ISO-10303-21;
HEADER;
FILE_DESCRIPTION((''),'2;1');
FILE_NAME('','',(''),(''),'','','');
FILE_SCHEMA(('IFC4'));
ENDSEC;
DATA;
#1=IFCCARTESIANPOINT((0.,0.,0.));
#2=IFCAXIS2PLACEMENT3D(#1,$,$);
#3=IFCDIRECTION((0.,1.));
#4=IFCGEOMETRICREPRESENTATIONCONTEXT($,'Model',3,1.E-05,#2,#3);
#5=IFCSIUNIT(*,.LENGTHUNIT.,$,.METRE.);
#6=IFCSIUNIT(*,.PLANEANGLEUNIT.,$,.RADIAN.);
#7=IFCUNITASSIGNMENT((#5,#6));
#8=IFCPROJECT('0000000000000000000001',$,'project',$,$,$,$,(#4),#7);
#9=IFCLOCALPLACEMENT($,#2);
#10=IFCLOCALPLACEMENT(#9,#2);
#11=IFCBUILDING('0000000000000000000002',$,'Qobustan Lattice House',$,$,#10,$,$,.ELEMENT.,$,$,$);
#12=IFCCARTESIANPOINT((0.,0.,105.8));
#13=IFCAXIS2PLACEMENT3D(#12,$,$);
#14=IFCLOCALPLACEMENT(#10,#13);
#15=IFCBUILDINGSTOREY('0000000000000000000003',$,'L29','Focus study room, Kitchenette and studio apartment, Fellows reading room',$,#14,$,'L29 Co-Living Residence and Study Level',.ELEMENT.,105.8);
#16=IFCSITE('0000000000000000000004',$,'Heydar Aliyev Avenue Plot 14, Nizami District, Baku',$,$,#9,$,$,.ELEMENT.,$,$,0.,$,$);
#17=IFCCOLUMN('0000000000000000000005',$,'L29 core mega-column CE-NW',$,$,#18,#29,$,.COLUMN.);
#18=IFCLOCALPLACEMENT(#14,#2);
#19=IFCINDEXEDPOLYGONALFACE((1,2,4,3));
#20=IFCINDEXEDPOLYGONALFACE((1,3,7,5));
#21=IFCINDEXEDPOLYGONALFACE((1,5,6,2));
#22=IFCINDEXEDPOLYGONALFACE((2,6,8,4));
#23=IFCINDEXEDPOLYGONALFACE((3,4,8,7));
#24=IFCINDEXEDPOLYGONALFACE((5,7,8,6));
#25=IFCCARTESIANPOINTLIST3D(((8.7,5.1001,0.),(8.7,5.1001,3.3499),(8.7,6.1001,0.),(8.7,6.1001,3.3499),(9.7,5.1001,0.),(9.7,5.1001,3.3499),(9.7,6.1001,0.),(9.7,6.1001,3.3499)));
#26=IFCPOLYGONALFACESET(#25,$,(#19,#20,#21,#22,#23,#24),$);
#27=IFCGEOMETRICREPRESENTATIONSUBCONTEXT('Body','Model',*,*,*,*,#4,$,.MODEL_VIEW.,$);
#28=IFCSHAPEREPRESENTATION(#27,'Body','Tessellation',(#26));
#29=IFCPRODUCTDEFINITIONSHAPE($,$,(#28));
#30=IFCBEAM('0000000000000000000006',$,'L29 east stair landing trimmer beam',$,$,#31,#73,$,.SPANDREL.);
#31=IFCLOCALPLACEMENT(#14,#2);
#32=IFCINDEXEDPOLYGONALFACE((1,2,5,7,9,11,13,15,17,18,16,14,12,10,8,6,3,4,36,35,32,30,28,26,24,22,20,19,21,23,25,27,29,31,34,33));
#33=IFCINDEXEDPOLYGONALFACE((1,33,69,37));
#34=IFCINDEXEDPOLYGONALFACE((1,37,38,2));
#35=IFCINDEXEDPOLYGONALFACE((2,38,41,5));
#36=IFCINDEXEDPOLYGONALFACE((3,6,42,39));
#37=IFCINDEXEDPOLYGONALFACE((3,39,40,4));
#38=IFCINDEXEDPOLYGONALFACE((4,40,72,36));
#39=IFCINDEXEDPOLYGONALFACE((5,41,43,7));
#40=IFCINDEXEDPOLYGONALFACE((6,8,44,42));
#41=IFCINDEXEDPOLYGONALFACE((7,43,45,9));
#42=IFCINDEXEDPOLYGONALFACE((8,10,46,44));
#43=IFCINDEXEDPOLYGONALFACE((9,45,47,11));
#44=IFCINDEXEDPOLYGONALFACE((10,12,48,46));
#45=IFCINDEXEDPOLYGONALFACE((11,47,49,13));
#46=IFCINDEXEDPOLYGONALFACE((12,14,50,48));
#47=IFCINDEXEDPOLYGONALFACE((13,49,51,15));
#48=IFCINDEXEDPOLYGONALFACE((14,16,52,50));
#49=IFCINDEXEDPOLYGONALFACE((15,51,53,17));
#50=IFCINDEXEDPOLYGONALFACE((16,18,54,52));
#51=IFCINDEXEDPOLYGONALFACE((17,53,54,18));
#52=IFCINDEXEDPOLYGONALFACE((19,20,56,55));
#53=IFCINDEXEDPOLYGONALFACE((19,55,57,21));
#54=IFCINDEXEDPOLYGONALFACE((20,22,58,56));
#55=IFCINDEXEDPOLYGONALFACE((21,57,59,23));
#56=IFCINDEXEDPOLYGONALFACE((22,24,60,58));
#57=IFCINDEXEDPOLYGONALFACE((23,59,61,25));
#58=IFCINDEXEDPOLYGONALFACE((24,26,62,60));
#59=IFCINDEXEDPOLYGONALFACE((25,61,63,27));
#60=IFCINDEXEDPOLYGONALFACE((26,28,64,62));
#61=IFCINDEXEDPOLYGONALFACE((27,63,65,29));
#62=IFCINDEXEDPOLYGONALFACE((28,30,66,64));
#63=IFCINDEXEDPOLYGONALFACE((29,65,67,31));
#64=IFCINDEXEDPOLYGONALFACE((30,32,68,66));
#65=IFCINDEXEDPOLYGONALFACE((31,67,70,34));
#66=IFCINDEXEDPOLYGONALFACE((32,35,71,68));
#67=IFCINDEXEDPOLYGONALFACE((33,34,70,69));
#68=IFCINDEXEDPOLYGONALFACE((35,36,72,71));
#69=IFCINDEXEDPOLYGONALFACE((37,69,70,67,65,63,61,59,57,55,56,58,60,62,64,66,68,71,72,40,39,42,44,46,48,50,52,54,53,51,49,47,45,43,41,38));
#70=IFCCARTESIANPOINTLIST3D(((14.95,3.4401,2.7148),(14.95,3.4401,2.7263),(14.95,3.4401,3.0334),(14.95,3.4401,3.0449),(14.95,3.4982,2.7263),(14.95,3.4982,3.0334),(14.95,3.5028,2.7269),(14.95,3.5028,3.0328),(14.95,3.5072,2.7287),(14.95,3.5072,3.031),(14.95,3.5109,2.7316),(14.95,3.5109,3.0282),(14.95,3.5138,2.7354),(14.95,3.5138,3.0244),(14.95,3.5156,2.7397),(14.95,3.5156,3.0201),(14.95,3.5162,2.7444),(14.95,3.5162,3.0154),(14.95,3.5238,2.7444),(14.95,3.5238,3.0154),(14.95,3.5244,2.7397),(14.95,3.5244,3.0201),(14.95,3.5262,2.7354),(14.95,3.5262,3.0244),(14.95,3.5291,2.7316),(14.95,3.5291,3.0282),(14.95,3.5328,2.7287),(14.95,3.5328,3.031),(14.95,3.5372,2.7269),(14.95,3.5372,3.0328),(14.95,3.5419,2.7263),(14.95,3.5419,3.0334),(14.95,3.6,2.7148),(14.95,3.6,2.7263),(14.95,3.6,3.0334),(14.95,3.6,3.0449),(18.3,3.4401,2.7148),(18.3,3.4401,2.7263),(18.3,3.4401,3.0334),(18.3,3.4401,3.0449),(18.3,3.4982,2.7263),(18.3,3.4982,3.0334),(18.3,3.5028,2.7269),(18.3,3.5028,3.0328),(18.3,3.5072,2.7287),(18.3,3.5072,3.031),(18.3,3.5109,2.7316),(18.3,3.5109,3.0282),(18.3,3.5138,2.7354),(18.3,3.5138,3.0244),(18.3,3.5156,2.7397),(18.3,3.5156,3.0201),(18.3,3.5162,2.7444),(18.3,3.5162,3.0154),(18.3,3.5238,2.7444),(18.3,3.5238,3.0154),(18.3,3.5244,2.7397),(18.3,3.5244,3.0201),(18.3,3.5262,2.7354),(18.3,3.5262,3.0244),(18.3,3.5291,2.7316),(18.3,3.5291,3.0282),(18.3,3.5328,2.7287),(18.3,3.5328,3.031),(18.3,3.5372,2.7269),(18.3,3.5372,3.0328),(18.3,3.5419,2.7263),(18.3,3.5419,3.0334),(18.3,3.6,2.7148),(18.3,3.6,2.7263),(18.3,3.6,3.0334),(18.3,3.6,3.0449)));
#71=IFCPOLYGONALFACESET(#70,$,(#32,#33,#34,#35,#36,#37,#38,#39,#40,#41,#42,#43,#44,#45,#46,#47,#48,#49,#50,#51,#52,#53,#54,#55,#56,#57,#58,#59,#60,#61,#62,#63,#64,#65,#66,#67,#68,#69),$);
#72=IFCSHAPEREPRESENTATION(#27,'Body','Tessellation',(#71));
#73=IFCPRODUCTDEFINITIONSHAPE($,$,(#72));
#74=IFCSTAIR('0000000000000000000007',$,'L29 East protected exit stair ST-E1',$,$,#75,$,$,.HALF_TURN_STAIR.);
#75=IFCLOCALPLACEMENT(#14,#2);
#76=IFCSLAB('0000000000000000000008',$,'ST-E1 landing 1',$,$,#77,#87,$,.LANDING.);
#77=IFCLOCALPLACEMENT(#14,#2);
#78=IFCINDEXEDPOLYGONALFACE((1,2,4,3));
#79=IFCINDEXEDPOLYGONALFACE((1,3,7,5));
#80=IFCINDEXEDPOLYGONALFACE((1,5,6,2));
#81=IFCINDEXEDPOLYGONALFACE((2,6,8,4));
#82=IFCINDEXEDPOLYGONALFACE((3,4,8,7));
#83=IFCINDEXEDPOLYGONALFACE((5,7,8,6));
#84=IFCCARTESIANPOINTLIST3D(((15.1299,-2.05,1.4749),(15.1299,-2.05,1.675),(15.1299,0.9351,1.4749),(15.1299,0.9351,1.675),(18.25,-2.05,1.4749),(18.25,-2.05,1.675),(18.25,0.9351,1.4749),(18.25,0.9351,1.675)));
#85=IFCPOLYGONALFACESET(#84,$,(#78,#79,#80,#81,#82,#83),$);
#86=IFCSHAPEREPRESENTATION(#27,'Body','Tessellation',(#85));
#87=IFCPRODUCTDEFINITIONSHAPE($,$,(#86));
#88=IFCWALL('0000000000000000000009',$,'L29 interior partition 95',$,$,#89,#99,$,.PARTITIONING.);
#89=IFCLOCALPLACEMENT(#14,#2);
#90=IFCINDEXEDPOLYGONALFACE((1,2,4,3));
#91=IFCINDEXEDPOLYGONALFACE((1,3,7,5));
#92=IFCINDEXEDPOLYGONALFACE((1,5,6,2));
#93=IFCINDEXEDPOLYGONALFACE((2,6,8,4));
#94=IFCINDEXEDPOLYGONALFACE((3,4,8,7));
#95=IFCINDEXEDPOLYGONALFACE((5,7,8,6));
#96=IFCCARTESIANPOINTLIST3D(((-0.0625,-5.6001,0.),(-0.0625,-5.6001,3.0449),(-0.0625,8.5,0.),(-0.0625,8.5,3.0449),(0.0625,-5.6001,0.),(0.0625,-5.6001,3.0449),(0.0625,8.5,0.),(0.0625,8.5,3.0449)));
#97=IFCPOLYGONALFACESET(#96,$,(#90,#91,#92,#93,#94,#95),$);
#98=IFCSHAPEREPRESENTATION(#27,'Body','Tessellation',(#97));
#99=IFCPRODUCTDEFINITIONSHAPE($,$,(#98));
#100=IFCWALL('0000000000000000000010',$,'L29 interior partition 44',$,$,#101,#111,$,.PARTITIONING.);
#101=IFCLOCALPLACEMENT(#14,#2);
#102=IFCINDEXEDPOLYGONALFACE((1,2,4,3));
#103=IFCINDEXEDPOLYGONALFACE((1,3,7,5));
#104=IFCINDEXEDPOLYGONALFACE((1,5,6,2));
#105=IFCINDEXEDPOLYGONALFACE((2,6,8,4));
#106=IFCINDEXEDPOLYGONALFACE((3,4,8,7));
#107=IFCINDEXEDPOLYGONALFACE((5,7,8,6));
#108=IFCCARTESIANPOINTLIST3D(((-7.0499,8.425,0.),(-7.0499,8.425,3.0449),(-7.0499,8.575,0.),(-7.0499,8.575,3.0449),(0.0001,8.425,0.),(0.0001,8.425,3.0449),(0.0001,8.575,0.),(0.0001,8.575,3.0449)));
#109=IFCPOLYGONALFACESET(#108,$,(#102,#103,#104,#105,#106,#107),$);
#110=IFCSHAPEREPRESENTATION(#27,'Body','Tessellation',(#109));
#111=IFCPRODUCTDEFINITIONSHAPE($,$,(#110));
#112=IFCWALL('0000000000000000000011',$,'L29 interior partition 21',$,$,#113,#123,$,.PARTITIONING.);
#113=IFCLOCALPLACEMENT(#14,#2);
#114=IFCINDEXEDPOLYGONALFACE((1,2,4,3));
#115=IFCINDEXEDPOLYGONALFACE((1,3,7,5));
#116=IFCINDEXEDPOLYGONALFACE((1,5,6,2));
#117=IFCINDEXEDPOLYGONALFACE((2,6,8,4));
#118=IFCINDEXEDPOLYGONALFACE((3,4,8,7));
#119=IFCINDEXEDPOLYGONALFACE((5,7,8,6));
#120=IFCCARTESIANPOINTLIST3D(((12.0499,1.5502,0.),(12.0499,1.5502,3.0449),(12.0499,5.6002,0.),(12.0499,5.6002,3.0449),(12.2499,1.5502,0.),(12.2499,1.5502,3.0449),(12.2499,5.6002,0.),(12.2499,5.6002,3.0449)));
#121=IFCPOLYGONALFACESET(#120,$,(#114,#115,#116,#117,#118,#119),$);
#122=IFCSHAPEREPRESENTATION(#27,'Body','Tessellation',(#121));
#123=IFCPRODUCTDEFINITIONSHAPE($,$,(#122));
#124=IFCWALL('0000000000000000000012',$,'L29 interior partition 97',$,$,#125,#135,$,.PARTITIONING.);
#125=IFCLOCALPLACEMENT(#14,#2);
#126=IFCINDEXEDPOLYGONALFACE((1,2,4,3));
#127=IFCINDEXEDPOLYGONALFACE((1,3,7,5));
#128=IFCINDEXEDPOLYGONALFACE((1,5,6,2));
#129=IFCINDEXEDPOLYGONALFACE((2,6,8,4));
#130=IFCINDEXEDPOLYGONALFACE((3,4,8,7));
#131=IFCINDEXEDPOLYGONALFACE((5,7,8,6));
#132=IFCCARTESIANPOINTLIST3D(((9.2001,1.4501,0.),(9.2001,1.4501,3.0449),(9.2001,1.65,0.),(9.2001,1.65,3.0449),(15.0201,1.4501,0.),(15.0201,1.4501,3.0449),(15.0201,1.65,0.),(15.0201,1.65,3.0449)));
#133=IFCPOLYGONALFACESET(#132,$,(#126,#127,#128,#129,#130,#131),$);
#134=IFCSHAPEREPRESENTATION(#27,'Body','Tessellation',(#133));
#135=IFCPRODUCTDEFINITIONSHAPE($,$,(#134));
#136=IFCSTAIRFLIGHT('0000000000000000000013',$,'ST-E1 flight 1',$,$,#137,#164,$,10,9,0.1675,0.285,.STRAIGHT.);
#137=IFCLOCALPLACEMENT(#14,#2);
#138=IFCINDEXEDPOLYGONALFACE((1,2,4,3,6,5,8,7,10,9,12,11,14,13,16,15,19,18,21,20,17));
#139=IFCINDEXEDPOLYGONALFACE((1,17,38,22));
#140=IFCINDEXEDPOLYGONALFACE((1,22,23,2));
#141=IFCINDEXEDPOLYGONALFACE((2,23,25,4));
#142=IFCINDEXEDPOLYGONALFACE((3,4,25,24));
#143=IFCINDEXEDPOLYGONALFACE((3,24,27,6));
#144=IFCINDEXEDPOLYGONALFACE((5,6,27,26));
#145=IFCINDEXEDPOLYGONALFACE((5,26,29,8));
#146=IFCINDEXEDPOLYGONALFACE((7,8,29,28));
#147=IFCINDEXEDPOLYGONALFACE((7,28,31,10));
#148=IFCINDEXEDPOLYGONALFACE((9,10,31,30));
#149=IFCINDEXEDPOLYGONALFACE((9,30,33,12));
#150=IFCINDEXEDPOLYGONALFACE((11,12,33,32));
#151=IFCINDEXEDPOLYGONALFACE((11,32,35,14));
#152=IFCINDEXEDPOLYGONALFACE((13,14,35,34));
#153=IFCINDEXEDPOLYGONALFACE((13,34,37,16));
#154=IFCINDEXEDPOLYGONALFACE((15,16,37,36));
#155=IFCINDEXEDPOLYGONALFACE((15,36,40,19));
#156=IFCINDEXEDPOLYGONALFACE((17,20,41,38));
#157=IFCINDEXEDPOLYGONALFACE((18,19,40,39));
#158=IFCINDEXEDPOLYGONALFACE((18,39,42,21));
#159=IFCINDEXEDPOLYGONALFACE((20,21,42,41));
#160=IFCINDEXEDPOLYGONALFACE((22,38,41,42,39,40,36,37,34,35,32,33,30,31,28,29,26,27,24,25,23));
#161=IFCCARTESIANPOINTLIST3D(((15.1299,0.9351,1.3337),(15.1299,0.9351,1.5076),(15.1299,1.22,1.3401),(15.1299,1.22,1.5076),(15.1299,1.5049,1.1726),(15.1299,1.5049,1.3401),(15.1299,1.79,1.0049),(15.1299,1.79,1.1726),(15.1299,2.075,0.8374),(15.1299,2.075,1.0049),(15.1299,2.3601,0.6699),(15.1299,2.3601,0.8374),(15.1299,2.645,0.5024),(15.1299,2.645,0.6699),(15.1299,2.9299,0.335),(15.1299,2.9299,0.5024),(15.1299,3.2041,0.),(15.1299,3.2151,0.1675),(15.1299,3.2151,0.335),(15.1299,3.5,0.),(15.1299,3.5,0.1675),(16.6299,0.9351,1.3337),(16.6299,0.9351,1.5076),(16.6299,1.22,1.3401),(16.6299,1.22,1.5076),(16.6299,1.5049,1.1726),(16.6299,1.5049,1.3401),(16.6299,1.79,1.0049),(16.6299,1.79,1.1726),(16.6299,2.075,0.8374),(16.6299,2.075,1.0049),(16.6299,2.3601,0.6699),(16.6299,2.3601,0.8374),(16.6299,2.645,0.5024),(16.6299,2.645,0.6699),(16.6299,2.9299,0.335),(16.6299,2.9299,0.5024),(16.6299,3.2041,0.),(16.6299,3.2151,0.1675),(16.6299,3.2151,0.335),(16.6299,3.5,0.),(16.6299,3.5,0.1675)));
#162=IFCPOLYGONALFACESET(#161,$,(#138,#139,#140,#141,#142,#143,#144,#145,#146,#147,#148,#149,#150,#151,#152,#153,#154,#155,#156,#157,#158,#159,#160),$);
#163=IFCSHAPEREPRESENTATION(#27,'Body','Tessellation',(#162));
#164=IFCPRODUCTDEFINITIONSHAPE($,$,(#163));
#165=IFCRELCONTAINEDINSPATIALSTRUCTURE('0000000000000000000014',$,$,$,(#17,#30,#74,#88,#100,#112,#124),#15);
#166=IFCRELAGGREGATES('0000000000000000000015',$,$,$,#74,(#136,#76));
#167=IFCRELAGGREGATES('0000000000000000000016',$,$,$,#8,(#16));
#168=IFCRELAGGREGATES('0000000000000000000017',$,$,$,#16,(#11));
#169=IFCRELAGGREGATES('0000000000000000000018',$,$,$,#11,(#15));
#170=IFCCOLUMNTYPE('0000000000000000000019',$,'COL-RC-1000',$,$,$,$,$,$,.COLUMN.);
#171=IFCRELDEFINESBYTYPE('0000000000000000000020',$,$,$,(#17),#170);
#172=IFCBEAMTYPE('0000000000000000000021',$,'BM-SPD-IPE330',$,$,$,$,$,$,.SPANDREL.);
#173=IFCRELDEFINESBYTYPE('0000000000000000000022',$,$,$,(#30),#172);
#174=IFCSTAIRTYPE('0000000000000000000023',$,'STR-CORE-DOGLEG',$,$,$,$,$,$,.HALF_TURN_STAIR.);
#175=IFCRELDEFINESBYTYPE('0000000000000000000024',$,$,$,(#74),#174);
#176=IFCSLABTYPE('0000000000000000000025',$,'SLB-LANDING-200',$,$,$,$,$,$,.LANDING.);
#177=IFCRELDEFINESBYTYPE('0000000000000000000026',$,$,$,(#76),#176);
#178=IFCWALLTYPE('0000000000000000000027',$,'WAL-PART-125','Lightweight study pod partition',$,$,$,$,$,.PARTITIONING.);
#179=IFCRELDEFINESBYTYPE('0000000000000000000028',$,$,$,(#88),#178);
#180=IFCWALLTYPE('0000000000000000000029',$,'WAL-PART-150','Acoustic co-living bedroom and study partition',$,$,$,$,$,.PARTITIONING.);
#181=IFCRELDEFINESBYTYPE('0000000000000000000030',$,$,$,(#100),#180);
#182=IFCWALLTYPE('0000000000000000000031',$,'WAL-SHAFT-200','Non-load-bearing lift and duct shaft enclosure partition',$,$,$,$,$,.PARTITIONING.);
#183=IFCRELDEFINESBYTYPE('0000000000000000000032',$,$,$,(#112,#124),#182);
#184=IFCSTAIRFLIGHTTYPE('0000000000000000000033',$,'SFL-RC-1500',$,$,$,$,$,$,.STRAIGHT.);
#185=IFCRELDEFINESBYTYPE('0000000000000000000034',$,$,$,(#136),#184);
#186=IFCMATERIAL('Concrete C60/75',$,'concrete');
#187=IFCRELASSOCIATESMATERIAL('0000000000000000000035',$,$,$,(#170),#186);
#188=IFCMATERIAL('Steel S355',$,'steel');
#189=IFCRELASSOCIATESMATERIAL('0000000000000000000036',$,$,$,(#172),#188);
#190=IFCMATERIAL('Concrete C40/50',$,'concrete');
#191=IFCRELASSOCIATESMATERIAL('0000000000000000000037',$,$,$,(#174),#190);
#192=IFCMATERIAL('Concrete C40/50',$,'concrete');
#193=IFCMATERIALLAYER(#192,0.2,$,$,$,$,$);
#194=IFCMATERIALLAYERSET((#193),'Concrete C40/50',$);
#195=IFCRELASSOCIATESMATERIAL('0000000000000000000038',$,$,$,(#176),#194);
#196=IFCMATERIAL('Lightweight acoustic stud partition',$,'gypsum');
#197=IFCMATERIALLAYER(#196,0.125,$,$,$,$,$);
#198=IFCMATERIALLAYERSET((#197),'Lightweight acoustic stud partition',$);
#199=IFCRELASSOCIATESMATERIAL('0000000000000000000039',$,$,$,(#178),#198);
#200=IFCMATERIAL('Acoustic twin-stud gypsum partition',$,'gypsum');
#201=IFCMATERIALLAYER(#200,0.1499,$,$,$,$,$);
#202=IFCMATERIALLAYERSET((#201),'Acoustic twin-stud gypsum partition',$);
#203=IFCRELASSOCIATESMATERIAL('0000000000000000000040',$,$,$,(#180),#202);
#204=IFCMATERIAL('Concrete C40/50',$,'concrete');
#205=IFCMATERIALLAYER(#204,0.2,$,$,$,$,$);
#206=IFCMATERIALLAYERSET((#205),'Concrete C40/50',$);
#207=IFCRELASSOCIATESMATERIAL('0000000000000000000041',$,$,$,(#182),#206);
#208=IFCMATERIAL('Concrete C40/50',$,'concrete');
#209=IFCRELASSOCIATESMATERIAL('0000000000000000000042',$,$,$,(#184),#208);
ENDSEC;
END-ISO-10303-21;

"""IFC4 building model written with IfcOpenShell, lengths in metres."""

from ifc_helpers import new_model, si_unit, direction, frame, frame_2d, origin, origin_2d, place, context, subcontext, project, spatial, polyline, rectangle, i_section, outline, extrude, material, layer, layer_set, material_profile, profile_set, type_object, element, aggregate, save


model = new_model("IFC4")

# Units and contexts
model_context = context("Model", 3, precision=1e-05, world=origin(), true_north=direction((0.0, 1.0)))
body_context = subcontext(model_context, "Body", "Model", "MODEL_VIEW")
ifc_project = project(units=[si_unit("LENGTHUNIT", "METRE"), si_unit("PLANEANGLEUNIT", "RADIAN")], contexts=[model_context])

# Site, building, storey
site_placement = place(None, origin())
site = spatial("IfcSite", under=ifc_project, at=site_placement, Name="Heydar Aliyev Avenue Plot 14, Nizami District, Baku", CompositionType="ELEMENT", RefElevation=0.0)
building_placement = place(site_placement, origin())
building = spatial("IfcBuilding", under=site, at=building_placement, Name="Qobustan Lattice House", CompositionType="ELEMENT")
storey_placement = place(building_placement, frame((0.0, 0.0, 105.8)))
storey = spatial("IfcBuildingStorey", under=building, at=storey_placement, Name="L29", Description="Focus study room, Kitchenette and studio apartment, Fellows reading room", LongName="L29 Co-Living Residence and Study Level", CompositionType="ELEMENT", Elevation=105.8)

# Column
ifc_material_1 = material(Name="Concrete C60/75", Category="concrete")
ifc_material_profile_1 = material_profile(ifc_material_1, rectangle(XDim=1.0, YDim=1.0, at=origin_2d()), Name="RC1000x1000")
ifc_profile_set_1 = profile_set([ifc_material_profile_1], Name="Concrete C60/75")
column_type = type_object("IfcColumnType", Name="COL-RC-1000", PredefinedType="COLUMN", material=ifc_profile_set_1)
column_placement = place(storey_placement, frame((9.2, 5.6001, 0.0), z_axis=(0.0, 0.0, 1.0), x_axis=(1.0, 0.0, 0.0)))
element("IfcColumn", 1, at=column_placement, inside=storey, type_object=column_type, Name="L29 core mega-column CE-NW", PredefinedType="COLUMN", context=body_context, shape_type="SweptSolid", body=[
    extrude(rectangle(XDim=1.0, YDim=1.0, at=origin_2d()), origin(), (0.0, 0.0, 1.0), 3.3499),
])

# Beam
ifc_material_2 = material(Name="Steel S355", Category="steel")
ifc_material_profile_2 = material_profile(ifc_material_2, i_section(OverallWidth=0.1599, OverallDepth=0.3301, WebThickness=0.0076, FlangeThickness=0.0115, FilletRadius=0.0181, at=origin_2d()), Name="IPE330")
ifc_profile_set_2 = profile_set([ifc_material_profile_2], Name="Steel S355")
beam_type = type_object("IfcBeamType", Name="BM-SPD-IPE330", PredefinedType="SPANDREL", material=ifc_profile_set_2)
beam_placement = place(storey_placement, frame((14.95, 3.52, 2.8799), z_axis=(1.0, 0.0, 0.0), x_axis=(0.0, 1.0, 0.0)))
element("IfcBeam", 2, at=beam_placement, inside=storey, type_object=beam_type, Name="L29 east stair landing trimmer beam", PredefinedType="SPANDREL", context=body_context, shape_type="SweptSolid", body=[
    extrude(i_section(OverallWidth=0.1599, OverallDepth=0.3301, WebThickness=0.0076, FlangeThickness=0.0115, FilletRadius=0.0181, at=origin_2d()), origin(), (0.0, 0.0, 1.0), 3.3501),
])

# Stair, slab
ifc_material_3 = material(Name="Concrete C40/50", Category="concrete")
stair_type = type_object("IfcStairType", Name="STR-CORE-DOGLEG", PredefinedType="HALF_TURN_STAIR", material=ifc_material_3)
stair_placement = place(storey_placement, origin())
stair = element("IfcStair", 3, at=stair_placement, inside=storey, type_object=stair_type, Name="L29 East protected exit stair ST-E1", PredefinedType="HALF_TURN_STAIR")
ifc_material_4 = material(Name="Concrete C40/50", Category="concrete")
ifc_layer_1 = layer(ifc_material_4, 0.2)
ifc_layer_set_1 = layer_set([ifc_layer_1], Name="Concrete C40/50")
slab_type = type_object("IfcSlabType", Name="SLB-LANDING-200", PredefinedType="LANDING", material=ifc_layer_set_1)
slab_placement = place(storey_placement, frame((0.0, 0.0, 1.4749)))
slab = element("IfcSlab", 4, at=slab_placement, type_object=slab_type, Name="ST-E1 landing 1", PredefinedType="LANDING", context=body_context, shape_type="SweptSolid", body=[
    extrude(outline(polyline([(15.1299, 0.9351), (15.1299, -2.05), (18.25, -2.05), (18.25, 0.9351), (15.1299, 0.9351)])), origin(), (0.0, 0.0, 1.0), 0.2002),
])

# Walls
ifc_material_5 = material(Name="Lightweight acoustic stud partition", Category="gypsum")
ifc_layer_2 = layer(ifc_material_5, 0.125)
ifc_layer_set_2 = layer_set([ifc_layer_2], Name="Lightweight acoustic stud partition")
wall_type_1 = type_object("IfcWallType", Name="WAL-PART-125", Description="Lightweight study pod partition", PredefinedType="PARTITIONING", material=ifc_layer_set_2)
wall_1_placement = place(storey_placement, frame((0.0, 8.5, 0.0), z_axis=(0.0, 0.0, 1.0), x_axis=(0.0, -1.0, 0.0)))
element("IfcWall", 5, at=wall_1_placement, inside=storey, type_object=wall_type_1, Name="L29 interior partition 95", PredefinedType="PARTITIONING", context=body_context, shape_type="SweptSolid", body=[
    extrude(rectangle(XDim=14.1001, YDim=0.125, at=frame_2d((7.05, 0.0))), origin(), (0.0, 0.0, 1.0), 3.0449),
])
ifc_material_6 = material(Name="Acoustic twin-stud gypsum partition", Category="gypsum")
ifc_layer_3 = layer(ifc_material_6, 0.1499)
ifc_layer_set_3 = layer_set([ifc_layer_3], Name="Acoustic twin-stud gypsum partition")
wall_type_2 = type_object("IfcWallType", Name="WAL-PART-150", Description="Acoustic co-living bedroom and study partition", PredefinedType="PARTITIONING", material=ifc_layer_set_3)
wall_2_placement = place(storey_placement, frame((0.0, 8.5, 0.0), z_axis=(0.0, 0.0, 1.0), x_axis=(-1.0, 0.0, 0.0)))
element("IfcWall", 6, at=wall_2_placement, inside=storey, type_object=wall_type_2, Name="L29 interior partition 44", PredefinedType="PARTITIONING", context=body_context, shape_type="SweptSolid", body=[
    extrude(rectangle(XDim=7.05, YDim=0.1499, at=frame_2d((3.5249, 0.0))), origin(), (0.0, 0.0, 1.0), 3.0449),
])
ifc_material_7 = material(Name="Concrete C40/50", Category="concrete")
ifc_layer_4 = layer(ifc_material_7, 0.2)
ifc_layer_set_4 = layer_set([ifc_layer_4], Name="Concrete C40/50")
wall_type_3 = type_object("IfcWallType", Name="WAL-SHAFT-200", Description="Non-load-bearing lift and duct shaft enclosure partition", PredefinedType="PARTITIONING", material=ifc_layer_set_4)
wall_3_placement = place(storey_placement, frame((12.1499, 5.6001, 0.0), z_axis=(0.0, 0.0, 1.0), x_axis=(0.0, -1.0, 0.0)))
element("IfcWall", 7, at=wall_3_placement, inside=storey, type_object=wall_type_3, Name="L29 interior partition 21", PredefinedType="PARTITIONING", context=body_context, shape_type="SweptSolid", body=[
    extrude(rectangle(XDim=4.05, YDim=0.2, at=frame_2d((2.0249, 0.0))), origin(), (0.0, 0.0, 1.0), 3.0449),
])
wall_4_placement = place(storey_placement, frame((9.2, 1.55, 0.0), z_axis=(0.0, 0.0, 1.0), x_axis=(1.0, 0.0, 0.0)))
element("IfcWall", 8, at=wall_4_placement, inside=storey, type_object=wall_type_3, Name="L29 interior partition 97", PredefinedType="PARTITIONING", context=body_context, shape_type="SweptSolid", body=[
    extrude(rectangle(XDim=5.8201, YDim=0.2, at=frame_2d((2.9102, 0.0))), origin(), (0.0, 0.0, 1.0), 3.0449),
])

# Stair flight
ifc_material_8 = material(Name="Concrete C40/50", Category="concrete")
stair_flight_type = type_object("IfcStairFlightType", Name="SFL-RC-1500", PredefinedType="STRAIGHT", material=ifc_material_8)
stair_flight_1_placement = place(storey_placement, frame((15.8799, 3.5, 0.0), z_axis=(0.0, 0.0, 1.0), x_axis=(0.0, -1.0, 0.0)))
stair_flight_1 = element("IfcStairFlight", 9, at=stair_flight_1_placement, type_object=stair_flight_type, Name="ST-E1 flight 1", NumberOfRisers=10, NumberOfTreads=9, PredefinedType="STRAIGHT", RiserHeight=0.1675, TreadLength=0.285, context=body_context, shape_type="SweptSolid", body=[
    extrude(outline(polyline([(0.0, 0.0), (0.0, 0.1675), (0.2849, 0.1675), (0.2849, 0.335), (0.5701, 0.335), (0.5701, 0.5024), (0.855, 0.5024), (0.855, 0.6699), (1.1399, 0.6699), (1.1399, 0.8374), (1.425, 0.8374), (1.425, 1.0049), (1.71, 1.0049), (1.71, 1.1726), (1.9951, 1.1726), (1.9951, 1.3401), (2.28, 1.3401), (2.28, 1.5076), (2.5649, 1.5076), (2.5649, 1.675), (2.5649, 1.3337), (0.2959, 0.0), (0.0, 0.0)])), frame((0.0, 0.75, 0.0), z_axis=(0.0, -1.0, 0.0), x_axis=(1.0, 0.0, 0.0)), (0.0, 0.0, 1.0), 1.5),
])
aggregate(stair, [stair_flight_1, slab])

save(model, "model.ifc")
